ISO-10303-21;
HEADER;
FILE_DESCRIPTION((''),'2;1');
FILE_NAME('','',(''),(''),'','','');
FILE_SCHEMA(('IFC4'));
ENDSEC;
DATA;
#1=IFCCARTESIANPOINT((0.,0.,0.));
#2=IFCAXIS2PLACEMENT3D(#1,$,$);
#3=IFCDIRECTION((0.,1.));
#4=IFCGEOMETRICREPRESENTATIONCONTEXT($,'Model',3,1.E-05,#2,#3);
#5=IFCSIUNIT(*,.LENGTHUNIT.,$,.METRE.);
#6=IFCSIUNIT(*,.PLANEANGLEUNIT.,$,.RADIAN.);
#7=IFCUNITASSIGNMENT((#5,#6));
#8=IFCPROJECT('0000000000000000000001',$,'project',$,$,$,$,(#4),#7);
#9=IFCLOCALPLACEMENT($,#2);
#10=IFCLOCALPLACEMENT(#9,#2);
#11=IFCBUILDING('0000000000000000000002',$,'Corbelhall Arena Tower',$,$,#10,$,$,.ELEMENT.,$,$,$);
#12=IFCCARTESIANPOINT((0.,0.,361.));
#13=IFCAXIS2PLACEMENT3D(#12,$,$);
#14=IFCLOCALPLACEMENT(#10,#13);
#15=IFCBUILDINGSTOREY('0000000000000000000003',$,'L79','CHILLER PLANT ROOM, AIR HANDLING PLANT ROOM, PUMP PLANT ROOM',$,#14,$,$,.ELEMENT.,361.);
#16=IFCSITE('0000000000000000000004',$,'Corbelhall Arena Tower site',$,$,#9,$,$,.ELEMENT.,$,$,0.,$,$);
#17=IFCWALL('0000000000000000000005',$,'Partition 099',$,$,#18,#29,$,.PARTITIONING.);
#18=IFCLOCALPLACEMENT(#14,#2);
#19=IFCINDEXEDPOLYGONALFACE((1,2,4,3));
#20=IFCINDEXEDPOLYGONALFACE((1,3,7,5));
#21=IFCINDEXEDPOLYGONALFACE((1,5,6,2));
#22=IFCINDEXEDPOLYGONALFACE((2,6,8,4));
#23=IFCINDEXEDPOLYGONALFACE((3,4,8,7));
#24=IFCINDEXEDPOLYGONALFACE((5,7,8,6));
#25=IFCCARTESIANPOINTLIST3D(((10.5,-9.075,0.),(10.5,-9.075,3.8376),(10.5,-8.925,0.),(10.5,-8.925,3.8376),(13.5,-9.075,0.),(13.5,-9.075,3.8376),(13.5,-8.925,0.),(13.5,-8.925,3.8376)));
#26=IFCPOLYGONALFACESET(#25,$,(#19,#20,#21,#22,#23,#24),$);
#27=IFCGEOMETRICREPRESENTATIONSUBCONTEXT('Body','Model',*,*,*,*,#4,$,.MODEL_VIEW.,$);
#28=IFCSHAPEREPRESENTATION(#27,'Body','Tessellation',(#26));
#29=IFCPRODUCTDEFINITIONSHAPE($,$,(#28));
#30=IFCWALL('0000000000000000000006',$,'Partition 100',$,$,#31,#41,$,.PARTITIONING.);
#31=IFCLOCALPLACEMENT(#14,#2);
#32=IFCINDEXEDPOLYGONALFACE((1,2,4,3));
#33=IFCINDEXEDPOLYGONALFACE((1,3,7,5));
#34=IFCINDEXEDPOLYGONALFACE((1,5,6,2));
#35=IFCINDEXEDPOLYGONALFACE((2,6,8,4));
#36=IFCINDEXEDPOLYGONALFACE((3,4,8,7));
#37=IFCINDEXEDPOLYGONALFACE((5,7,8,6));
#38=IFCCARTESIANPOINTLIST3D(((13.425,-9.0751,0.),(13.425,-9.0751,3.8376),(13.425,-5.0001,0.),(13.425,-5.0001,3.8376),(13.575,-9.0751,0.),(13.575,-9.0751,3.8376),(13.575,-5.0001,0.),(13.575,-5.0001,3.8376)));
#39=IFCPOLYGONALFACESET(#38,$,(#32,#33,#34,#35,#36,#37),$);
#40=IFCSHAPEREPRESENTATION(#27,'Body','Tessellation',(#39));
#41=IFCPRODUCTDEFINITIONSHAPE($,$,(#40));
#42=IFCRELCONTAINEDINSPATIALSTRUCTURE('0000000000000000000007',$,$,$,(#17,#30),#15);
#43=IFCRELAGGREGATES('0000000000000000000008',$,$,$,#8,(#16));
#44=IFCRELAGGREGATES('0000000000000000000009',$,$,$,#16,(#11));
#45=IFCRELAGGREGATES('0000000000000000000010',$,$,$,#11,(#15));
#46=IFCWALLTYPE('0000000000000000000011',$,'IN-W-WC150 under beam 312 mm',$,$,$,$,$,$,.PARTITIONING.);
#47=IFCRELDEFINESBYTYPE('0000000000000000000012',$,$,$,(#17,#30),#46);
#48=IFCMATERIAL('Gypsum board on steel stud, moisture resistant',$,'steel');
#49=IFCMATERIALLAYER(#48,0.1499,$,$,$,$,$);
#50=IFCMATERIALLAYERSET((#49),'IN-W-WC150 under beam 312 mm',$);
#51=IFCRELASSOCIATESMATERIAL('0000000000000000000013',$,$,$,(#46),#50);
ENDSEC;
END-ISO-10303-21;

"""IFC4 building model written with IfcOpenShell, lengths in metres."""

from ifc_helpers import new_model, si_unit, direction, frame, frame_2d, origin, place, context, subcontext, project, spatial, rectangle, extrude, material, layer, layer_set, type_object, element, save


model = new_model("IFC4")

# Units and contexts
model_context = context("Model", 3, precision=1e-05, world=origin(), true_north=direction((0.0, 1.0)))
body_context = subcontext(model_context, "Body", "Model", "MODEL_VIEW")
ifc_project = project(units=[si_unit("LENGTHUNIT", "METRE"), si_unit("PLANEANGLEUNIT", "RADIAN")], contexts=[model_context])

# Site, building, storey
site_placement = place(None, origin())
site = spatial("IfcSite", under=ifc_project, at=site_placement, Name="Corbelhall Arena Tower site", CompositionType="ELEMENT", RefElevation=0.0)
building_placement = place(site_placement, origin())
building = spatial("IfcBuilding", under=site, at=building_placement, Name="Corbelhall Arena Tower", CompositionType="ELEMENT")
storey_placement = place(building_placement, frame((0.0, 0.0, 361.0)))
storey = spatial("IfcBuildingStorey", under=building, at=storey_placement, Name="L79", Description="CHILLER PLANT ROOM, AIR HANDLING PLANT ROOM, PUMP PLANT ROOM", CompositionType="ELEMENT", Elevation=361.0)

# Shared definitions
ifc_material_1 = material(Name="Gypsum board on steel stud, moisture resistant", Category="steel")

# Walls
ifc_layer_1 = layer(ifc_material_1, 0.1499)
ifc_layer_set_1 = layer_set([ifc_layer_1], Name="IN-W-WC150 under beam 312 mm")
wall_type_1 = type_object("IfcWallType", Name="IN-W-WC150 under beam 312 mm", PredefinedType="PARTITIONING", material=ifc_layer_set_1)
wall_1_placement = place(storey_placement, frame((13.5, -9.0, 0.0), z_axis=(0.0, 0.0, 1.0), x_axis=(-1.0, 0.0, 0.0)))
element("IfcWall", 1, at=wall_1_placement, inside=storey, type_object=wall_type_1, Name="Partition 099", PredefinedType="PARTITIONING", context=body_context, shape_type="SweptSolid", body=[
    extrude(rectangle(XDim=3.0, YDim=0.1499, at=frame_2d((1.5, 0.0))), origin(), (0.0, 0.0, 1.0), 3.8376),
])
wall_2_placement = place(storey_placement, frame((13.5, -5.0, 0.0), z_axis=(0.0, 0.0, 1.0), x_axis=(0.0, -1.0, 0.0)))
element("IfcWall", 2, at=wall_2_placement, inside=storey, type_object=wall_type_1, Name="Partition 100", PredefinedType="PARTITIONING", context=body_context, shape_type="SweptSolid", body=[
    extrude(rectangle(XDim=4.075, YDim=0.1499, at=frame_2d((2.0376, 0.0))), origin(), (0.0, 0.0, 1.0), 3.8376),
])

save(model, "model.ifc")
